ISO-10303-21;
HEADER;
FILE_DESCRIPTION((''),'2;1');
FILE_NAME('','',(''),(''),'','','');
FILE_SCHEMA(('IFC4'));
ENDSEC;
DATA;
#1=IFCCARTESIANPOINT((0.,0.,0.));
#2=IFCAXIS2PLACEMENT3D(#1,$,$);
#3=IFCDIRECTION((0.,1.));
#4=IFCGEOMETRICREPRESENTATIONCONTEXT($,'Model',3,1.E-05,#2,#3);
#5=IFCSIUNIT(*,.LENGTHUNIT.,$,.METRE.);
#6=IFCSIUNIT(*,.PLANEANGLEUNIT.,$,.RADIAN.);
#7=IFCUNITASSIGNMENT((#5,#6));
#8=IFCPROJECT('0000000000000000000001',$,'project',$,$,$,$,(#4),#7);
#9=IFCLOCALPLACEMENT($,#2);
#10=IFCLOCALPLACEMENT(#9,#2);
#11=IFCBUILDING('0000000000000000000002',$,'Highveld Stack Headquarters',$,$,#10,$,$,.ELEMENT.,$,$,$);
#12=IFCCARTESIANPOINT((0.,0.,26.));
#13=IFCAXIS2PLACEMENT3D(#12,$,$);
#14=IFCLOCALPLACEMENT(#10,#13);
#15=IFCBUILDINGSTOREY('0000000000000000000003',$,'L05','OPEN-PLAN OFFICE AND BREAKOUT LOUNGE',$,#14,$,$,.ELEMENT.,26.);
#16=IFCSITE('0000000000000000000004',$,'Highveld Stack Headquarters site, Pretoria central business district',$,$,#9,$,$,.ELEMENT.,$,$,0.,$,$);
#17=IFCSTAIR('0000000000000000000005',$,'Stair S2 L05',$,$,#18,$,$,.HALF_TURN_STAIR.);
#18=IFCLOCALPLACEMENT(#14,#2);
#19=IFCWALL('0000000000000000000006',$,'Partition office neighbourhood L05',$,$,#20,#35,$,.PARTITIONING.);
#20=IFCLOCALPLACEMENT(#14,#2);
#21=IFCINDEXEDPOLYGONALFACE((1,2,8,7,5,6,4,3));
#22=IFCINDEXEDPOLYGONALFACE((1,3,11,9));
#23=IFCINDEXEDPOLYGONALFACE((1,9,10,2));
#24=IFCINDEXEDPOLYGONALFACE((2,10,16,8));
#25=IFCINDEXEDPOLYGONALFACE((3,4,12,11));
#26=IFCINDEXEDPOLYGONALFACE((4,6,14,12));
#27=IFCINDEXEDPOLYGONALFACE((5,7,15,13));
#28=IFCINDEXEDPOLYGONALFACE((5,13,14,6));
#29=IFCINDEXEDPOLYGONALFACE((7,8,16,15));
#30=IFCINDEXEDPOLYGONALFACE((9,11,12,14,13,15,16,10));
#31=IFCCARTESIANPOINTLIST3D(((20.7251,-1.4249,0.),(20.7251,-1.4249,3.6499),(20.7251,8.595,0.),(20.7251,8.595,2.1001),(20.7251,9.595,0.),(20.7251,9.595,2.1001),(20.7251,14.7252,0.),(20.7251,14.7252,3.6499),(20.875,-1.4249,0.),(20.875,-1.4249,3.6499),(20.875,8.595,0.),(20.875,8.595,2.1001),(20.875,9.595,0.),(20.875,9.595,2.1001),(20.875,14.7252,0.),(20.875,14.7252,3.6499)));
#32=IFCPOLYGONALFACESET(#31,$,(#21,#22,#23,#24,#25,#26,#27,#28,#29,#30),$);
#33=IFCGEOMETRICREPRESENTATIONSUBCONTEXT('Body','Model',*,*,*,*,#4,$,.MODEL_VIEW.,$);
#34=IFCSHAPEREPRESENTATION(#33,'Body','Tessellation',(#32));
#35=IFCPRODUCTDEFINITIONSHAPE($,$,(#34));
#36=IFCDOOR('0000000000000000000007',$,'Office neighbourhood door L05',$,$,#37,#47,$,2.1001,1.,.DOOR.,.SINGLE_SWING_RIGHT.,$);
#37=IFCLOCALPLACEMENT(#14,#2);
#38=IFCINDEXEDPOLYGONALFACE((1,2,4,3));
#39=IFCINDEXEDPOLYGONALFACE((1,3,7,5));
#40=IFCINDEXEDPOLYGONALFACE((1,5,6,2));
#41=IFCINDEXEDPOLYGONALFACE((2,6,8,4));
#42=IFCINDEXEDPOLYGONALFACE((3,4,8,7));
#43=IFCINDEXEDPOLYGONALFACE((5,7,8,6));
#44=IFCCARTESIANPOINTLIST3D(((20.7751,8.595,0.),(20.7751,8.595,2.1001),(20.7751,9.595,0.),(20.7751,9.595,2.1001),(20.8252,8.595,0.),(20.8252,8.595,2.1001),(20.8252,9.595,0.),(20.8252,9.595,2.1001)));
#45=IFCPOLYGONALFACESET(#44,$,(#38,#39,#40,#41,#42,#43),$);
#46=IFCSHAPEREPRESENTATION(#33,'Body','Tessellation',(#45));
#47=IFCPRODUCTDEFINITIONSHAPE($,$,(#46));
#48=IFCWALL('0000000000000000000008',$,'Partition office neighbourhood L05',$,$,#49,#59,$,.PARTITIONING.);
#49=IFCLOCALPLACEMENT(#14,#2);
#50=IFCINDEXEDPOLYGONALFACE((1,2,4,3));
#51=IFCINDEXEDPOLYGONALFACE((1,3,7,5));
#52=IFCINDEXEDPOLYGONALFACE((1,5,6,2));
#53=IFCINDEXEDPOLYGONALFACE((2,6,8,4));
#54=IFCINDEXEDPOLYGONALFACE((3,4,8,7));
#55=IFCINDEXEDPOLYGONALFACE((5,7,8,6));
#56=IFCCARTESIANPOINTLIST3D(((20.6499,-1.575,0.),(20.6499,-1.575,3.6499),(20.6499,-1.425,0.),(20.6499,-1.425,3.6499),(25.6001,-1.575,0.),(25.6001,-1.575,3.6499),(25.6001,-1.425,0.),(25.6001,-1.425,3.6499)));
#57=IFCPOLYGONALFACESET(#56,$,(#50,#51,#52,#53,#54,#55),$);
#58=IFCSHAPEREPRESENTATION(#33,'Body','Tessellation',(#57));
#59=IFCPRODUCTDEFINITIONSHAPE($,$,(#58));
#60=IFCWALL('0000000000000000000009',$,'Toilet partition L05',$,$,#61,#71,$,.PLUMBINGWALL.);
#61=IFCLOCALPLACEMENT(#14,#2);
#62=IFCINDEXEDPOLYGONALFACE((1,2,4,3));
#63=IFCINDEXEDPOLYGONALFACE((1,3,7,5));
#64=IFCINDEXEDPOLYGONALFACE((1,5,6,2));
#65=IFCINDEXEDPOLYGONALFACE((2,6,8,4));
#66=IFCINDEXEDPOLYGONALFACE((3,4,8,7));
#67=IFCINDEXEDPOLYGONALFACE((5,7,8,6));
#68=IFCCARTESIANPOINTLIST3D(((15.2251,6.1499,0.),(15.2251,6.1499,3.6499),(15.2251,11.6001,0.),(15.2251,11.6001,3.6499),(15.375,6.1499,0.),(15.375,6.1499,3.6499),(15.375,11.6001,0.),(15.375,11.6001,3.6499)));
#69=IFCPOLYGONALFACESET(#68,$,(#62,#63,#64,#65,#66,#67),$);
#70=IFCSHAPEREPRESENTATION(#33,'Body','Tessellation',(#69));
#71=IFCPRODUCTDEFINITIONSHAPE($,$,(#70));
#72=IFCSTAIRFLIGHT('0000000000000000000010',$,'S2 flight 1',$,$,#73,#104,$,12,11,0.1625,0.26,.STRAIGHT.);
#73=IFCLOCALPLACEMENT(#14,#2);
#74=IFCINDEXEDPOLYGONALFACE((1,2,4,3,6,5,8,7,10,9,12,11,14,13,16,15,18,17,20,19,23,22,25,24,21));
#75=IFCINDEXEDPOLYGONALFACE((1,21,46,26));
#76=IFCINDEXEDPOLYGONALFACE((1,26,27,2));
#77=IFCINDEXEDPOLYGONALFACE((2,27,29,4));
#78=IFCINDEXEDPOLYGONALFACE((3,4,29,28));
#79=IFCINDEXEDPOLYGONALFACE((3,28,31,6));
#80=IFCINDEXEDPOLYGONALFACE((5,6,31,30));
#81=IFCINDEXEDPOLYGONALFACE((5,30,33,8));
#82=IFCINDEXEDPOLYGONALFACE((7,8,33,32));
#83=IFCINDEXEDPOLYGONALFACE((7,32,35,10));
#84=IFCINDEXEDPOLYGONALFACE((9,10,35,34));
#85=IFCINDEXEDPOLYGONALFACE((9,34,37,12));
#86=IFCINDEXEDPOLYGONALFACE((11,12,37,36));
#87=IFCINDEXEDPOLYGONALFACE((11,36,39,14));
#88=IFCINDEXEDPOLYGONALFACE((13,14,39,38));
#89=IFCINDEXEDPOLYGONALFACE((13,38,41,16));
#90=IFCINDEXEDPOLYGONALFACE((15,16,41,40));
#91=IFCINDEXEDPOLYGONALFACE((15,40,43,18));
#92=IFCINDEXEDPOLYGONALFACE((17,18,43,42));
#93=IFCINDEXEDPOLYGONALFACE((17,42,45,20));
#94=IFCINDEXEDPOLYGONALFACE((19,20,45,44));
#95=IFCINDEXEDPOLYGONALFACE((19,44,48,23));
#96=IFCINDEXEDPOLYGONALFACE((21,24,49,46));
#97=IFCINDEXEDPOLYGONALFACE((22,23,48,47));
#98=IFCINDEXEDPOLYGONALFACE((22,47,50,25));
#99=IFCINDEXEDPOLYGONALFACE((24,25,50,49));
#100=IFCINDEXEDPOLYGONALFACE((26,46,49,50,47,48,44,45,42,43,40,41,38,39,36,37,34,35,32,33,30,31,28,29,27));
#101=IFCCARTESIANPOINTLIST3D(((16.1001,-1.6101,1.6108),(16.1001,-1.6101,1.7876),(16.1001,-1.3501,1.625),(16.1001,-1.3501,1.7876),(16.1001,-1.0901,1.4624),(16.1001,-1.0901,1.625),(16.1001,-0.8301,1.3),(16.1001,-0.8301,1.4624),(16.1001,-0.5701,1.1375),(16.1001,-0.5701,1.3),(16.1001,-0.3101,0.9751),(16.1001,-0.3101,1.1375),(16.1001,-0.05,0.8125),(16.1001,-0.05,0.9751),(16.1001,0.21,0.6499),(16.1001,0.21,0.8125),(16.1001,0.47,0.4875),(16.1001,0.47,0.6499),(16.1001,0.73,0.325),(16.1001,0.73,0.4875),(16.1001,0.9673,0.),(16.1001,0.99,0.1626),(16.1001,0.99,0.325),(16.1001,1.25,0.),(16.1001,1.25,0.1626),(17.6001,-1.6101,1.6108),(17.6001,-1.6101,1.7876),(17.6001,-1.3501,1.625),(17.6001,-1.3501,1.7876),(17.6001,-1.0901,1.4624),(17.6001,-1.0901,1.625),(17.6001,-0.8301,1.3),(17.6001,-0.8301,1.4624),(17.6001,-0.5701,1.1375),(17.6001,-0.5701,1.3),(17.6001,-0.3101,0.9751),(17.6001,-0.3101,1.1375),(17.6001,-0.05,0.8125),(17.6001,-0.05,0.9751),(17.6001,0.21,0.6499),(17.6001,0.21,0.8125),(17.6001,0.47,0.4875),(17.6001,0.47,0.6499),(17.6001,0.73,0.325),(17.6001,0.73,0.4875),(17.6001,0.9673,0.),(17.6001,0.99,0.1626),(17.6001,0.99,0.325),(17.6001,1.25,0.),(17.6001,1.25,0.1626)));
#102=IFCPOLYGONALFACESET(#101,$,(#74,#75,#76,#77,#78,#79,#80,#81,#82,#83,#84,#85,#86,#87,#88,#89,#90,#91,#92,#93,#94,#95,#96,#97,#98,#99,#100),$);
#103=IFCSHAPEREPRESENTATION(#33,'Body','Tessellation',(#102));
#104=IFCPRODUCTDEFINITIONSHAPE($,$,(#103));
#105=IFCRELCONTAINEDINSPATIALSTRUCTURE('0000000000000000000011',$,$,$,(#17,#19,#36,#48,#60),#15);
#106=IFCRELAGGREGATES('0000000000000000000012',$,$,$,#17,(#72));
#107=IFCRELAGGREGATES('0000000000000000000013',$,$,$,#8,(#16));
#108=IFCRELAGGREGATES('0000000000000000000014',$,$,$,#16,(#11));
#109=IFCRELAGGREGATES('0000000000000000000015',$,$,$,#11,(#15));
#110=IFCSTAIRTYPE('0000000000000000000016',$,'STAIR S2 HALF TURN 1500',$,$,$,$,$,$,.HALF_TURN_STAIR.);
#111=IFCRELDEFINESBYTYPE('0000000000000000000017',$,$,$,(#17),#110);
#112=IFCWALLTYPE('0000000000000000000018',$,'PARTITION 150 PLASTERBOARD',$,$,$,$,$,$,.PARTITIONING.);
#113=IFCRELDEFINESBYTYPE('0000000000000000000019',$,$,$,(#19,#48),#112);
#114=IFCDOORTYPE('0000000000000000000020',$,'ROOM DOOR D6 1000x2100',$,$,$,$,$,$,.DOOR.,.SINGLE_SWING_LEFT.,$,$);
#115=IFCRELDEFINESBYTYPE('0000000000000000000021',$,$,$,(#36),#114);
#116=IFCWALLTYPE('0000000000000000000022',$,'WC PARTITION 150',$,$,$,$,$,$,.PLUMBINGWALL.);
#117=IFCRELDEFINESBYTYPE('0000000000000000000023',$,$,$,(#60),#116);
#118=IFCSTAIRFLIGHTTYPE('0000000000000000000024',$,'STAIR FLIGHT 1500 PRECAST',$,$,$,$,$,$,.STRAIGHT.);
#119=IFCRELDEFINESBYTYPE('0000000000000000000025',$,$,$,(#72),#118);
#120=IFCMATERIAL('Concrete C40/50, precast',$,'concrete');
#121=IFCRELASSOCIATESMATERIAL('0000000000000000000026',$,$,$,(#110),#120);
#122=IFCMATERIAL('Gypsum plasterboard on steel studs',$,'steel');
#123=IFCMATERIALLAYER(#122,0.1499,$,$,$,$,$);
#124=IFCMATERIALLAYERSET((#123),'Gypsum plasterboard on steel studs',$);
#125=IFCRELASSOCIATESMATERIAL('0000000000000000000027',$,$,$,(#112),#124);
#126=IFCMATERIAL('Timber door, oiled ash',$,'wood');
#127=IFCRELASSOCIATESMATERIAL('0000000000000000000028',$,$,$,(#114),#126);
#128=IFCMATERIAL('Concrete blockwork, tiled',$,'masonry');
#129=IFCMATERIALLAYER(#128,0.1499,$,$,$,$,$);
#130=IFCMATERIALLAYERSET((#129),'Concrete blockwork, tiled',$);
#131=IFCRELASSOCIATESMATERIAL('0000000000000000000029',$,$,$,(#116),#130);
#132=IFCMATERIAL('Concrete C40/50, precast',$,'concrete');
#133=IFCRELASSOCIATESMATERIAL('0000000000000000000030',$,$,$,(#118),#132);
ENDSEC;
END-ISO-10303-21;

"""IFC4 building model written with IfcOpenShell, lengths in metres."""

from ifc_helpers import new_model, si_unit, direction, frame, frame_2d, origin, place, context, subcontext, project, spatial, polyline, rectangle, outline, extrude, material, layer, layer_set, type_object, element, fill, aggregate, save


model = new_model("IFC4")

# Units and contexts
model_context = context("Model", 3, precision=1e-05, world=origin(), true_north=direction((0.0, 1.0)))
body_context = subcontext(model_context, "Body", "Model", "MODEL_VIEW")
ifc_project = project(units=[si_unit("LENGTHUNIT", "METRE"), si_unit("PLANEANGLEUNIT", "RADIAN")], contexts=[model_context])

# Site, building, storey
site_placement = place(None, origin())
site = spatial("IfcSite", under=ifc_project, at=site_placement, Name="Highveld Stack Headquarters site, Pretoria central business district", CompositionType="ELEMENT", RefElevation=0.0)
building_placement = place(site_placement, origin())
building = spatial("IfcBuilding", under=site, at=building_placement, Name="Highveld Stack Headquarters", CompositionType="ELEMENT")
storey_placement = place(building_placement, frame((0.0, 0.0, 26.0)))
storey = spatial("IfcBuildingStorey", under=building, at=storey_placement, Name="L05", Description="OPEN-PLAN OFFICE AND BREAKOUT LOUNGE", CompositionType="ELEMENT", Elevation=26.0)

# Stair
ifc_material_1 = material(Name="Concrete C40/50, precast", Category="concrete")
stair_type_1 = type_object("IfcStairType", Name="STAIR S2 HALF TURN 1500", PredefinedType="HALF_TURN_STAIR", material=ifc_material_1)
stair_1_placement = place(storey_placement, origin())
stair_1 = element("IfcStair", 1, at=stair_1_placement, inside=storey, type_object=stair_type_1, Name="Stair S2 L05", PredefinedType="HALF_TURN_STAIR")

# Shared definitions
ifc_material_2 = material(Name="Gypsum plasterboard on steel studs", Category="steel")
ifc_layer_1 = layer(ifc_material_2, 0.1499)
ifc_layer_set_1 = layer_set([ifc_layer_1], Name="Gypsum plasterboard on steel studs")
wall_type_1 = type_object("IfcWallType", Name="PARTITION 150 PLASTERBOARD", PredefinedType="PARTITIONING", material=ifc_layer_set_1)

# Shared definitions
ifc_material_3 = material(Name="Timber door, oiled ash", Category="wood")
door_type_1 = type_object("IfcDoorType", Name="ROOM DOOR D6 1000x2100", OperationType="SINGLE_SWING_LEFT", PredefinedType="DOOR", material=ifc_material_3)

# Wall, opening, door
wall_1_placement = place(storey_placement, frame((20.8, -1.425, 0.0), z_axis=(0.0, 0.0, 1.0), x_axis=(0.0, 1.0, 0.0)))
wall_1 = element("IfcWall", 2, at=wall_1_placement, inside=storey, type_object=wall_type_1, Name="Partition office neighbourhood L05", PredefinedType="PARTITIONING", context=body_context, shape_type="SweptSolid", body=[
    extrude(rectangle(XDim=16.1501, YDim=0.1499, at=frame_2d((8.0752, 0.0))), origin(), (0.0, 0.0, 1.0), 3.6499),
])
opening_1_placement = place(wall_1_placement, frame((10.02, 0.0, 0.0)))
opening_1 = element("IfcOpeningElement", 3, at=opening_1_placement, cuts=wall_1, PredefinedType="OPENING", context=body_context, shape_type="SweptSolid", body=[
    extrude(rectangle(XDim=1.0, YDim=2.1001, at=frame_2d((0.5, 1.05))), frame((0.0, 0.085, 0.0), z_axis=(0.0, -1.0, 0.0), x_axis=(1.0, 0.0, 0.0)), (0.0, 0.0, 1.0), 0.1699),
])
door_1_placement = place(opening_1_placement, origin())
door_1 = element("IfcDoor", 4, at=door_1_placement, inside=storey, type_object=door_type_1, Name="Office neighbourhood door L05", OperationType="SINGLE_SWING_RIGHT", OverallHeight=2.1001, OverallWidth=1.0, PredefinedType="DOOR", context=body_context, shape_type="SweptSolid", body=[
    extrude(rectangle(XDim=1.0, YDim=2.1001, at=frame_2d((0.5, 1.05))), frame((0.0, 0.0249, 0.0), z_axis=(0.0, -1.0, 0.0), x_axis=(1.0, 0.0, 0.0)), (0.0, 0.0, 1.0), 0.05),
])
fill(opening_1, door_1)

# Walls
wall_2_placement = place(storey_placement, frame((20.6499, -1.5, 0.0), z_axis=(0.0, 0.0, 1.0), x_axis=(1.0, 0.0, 0.0)))
element("IfcWall", 5, at=wall_2_placement, inside=storey, type_object=wall_type_1, Name="Partition office neighbourhood L05", PredefinedType="PARTITIONING", context=body_context, shape_type="SweptSolid", body=[
    extrude(rectangle(XDim=4.9502, YDim=0.1499, at=frame_2d((2.4751, 0.0))), origin(), (0.0, 0.0, 1.0), 3.6499),
])
ifc_material_4 = material(Name="Concrete blockwork, tiled", Category="masonry")
ifc_layer_2 = layer(ifc_material_4, 0.1499)
ifc_layer_set_2 = layer_set([ifc_layer_2], Name="Concrete blockwork, tiled")
wall_type_2 = type_object("IfcWallType", Name="WC PARTITION 150", PredefinedType="PLUMBINGWALL", material=ifc_layer_set_2)
wall_3_placement = place(storey_placement, frame((15.3, 6.1499, 0.0), z_axis=(0.0, 0.0, 1.0), x_axis=(0.0, 1.0, 0.0)))
element("IfcWall", 6, at=wall_3_placement, inside=storey, type_object=wall_type_2, Name="Toilet partition L05", PredefinedType="PLUMBINGWALL", context=body_context, shape_type="SweptSolid", body=[
    extrude(rectangle(XDim=5.4502, YDim=0.1499, at=frame_2d((2.7251, 0.0))), origin(), (0.0, 0.0, 1.0), 3.6499),
])

# Stair flight
ifc_material_5 = material(Name="Concrete C40/50, precast", Category="concrete")
stair_flight_type = type_object("IfcStairFlightType", Name="STAIR FLIGHT 1500 PRECAST", PredefinedType="STRAIGHT", material=ifc_material_5)
stair_flight_placement = place(storey_placement, frame((16.8501, 1.25, 0.0), z_axis=(0.0, 0.0, 1.0), x_axis=(0.0, -1.0, 0.0)))
stair_flight = element("IfcStairFlight", 7, at=stair_flight_placement, type_object=stair_flight_type, Name="S2 flight 1", NumberOfRisers=12, NumberOfTreads=11, PredefinedType="STRAIGHT", RiserHeight=0.1625, TreadLength=0.26, context=body_context, shape_type="SweptSolid", body=[
    extrude(outline(polyline([(0.0, 0.0), (0.0, 0.1626), (0.26, 0.1626), (0.26, 0.325), (0.52, 0.325), (0.52, 0.4875), (0.78, 0.4875), (0.78, 0.6499), (1.04, 0.6499), (1.04, 0.8125), (1.3, 0.8125), (1.3, 0.9751), (1.5601, 0.9751), (1.5601, 1.1375), (1.8201, 1.1375), (1.8201, 1.3), (2.0801, 1.3), (2.0801, 1.4624), (2.3401, 1.4624), (2.3401, 1.625), (2.6001, 1.625), (2.6001, 1.7876), (2.8601, 1.7876), (2.8601, 1.95), (2.8601, 1.6108), (0.2827, 0.0), (0.0, 0.0)])), frame((0.0, 0.75, 0.0), z_axis=(0.0, -1.0, 0.0), x_axis=(1.0, 0.0, 0.0)), (0.0, 0.0, 1.0), 1.5),
])
aggregate(stair_1, [stair_flight])

save(model, "model.ifc")
